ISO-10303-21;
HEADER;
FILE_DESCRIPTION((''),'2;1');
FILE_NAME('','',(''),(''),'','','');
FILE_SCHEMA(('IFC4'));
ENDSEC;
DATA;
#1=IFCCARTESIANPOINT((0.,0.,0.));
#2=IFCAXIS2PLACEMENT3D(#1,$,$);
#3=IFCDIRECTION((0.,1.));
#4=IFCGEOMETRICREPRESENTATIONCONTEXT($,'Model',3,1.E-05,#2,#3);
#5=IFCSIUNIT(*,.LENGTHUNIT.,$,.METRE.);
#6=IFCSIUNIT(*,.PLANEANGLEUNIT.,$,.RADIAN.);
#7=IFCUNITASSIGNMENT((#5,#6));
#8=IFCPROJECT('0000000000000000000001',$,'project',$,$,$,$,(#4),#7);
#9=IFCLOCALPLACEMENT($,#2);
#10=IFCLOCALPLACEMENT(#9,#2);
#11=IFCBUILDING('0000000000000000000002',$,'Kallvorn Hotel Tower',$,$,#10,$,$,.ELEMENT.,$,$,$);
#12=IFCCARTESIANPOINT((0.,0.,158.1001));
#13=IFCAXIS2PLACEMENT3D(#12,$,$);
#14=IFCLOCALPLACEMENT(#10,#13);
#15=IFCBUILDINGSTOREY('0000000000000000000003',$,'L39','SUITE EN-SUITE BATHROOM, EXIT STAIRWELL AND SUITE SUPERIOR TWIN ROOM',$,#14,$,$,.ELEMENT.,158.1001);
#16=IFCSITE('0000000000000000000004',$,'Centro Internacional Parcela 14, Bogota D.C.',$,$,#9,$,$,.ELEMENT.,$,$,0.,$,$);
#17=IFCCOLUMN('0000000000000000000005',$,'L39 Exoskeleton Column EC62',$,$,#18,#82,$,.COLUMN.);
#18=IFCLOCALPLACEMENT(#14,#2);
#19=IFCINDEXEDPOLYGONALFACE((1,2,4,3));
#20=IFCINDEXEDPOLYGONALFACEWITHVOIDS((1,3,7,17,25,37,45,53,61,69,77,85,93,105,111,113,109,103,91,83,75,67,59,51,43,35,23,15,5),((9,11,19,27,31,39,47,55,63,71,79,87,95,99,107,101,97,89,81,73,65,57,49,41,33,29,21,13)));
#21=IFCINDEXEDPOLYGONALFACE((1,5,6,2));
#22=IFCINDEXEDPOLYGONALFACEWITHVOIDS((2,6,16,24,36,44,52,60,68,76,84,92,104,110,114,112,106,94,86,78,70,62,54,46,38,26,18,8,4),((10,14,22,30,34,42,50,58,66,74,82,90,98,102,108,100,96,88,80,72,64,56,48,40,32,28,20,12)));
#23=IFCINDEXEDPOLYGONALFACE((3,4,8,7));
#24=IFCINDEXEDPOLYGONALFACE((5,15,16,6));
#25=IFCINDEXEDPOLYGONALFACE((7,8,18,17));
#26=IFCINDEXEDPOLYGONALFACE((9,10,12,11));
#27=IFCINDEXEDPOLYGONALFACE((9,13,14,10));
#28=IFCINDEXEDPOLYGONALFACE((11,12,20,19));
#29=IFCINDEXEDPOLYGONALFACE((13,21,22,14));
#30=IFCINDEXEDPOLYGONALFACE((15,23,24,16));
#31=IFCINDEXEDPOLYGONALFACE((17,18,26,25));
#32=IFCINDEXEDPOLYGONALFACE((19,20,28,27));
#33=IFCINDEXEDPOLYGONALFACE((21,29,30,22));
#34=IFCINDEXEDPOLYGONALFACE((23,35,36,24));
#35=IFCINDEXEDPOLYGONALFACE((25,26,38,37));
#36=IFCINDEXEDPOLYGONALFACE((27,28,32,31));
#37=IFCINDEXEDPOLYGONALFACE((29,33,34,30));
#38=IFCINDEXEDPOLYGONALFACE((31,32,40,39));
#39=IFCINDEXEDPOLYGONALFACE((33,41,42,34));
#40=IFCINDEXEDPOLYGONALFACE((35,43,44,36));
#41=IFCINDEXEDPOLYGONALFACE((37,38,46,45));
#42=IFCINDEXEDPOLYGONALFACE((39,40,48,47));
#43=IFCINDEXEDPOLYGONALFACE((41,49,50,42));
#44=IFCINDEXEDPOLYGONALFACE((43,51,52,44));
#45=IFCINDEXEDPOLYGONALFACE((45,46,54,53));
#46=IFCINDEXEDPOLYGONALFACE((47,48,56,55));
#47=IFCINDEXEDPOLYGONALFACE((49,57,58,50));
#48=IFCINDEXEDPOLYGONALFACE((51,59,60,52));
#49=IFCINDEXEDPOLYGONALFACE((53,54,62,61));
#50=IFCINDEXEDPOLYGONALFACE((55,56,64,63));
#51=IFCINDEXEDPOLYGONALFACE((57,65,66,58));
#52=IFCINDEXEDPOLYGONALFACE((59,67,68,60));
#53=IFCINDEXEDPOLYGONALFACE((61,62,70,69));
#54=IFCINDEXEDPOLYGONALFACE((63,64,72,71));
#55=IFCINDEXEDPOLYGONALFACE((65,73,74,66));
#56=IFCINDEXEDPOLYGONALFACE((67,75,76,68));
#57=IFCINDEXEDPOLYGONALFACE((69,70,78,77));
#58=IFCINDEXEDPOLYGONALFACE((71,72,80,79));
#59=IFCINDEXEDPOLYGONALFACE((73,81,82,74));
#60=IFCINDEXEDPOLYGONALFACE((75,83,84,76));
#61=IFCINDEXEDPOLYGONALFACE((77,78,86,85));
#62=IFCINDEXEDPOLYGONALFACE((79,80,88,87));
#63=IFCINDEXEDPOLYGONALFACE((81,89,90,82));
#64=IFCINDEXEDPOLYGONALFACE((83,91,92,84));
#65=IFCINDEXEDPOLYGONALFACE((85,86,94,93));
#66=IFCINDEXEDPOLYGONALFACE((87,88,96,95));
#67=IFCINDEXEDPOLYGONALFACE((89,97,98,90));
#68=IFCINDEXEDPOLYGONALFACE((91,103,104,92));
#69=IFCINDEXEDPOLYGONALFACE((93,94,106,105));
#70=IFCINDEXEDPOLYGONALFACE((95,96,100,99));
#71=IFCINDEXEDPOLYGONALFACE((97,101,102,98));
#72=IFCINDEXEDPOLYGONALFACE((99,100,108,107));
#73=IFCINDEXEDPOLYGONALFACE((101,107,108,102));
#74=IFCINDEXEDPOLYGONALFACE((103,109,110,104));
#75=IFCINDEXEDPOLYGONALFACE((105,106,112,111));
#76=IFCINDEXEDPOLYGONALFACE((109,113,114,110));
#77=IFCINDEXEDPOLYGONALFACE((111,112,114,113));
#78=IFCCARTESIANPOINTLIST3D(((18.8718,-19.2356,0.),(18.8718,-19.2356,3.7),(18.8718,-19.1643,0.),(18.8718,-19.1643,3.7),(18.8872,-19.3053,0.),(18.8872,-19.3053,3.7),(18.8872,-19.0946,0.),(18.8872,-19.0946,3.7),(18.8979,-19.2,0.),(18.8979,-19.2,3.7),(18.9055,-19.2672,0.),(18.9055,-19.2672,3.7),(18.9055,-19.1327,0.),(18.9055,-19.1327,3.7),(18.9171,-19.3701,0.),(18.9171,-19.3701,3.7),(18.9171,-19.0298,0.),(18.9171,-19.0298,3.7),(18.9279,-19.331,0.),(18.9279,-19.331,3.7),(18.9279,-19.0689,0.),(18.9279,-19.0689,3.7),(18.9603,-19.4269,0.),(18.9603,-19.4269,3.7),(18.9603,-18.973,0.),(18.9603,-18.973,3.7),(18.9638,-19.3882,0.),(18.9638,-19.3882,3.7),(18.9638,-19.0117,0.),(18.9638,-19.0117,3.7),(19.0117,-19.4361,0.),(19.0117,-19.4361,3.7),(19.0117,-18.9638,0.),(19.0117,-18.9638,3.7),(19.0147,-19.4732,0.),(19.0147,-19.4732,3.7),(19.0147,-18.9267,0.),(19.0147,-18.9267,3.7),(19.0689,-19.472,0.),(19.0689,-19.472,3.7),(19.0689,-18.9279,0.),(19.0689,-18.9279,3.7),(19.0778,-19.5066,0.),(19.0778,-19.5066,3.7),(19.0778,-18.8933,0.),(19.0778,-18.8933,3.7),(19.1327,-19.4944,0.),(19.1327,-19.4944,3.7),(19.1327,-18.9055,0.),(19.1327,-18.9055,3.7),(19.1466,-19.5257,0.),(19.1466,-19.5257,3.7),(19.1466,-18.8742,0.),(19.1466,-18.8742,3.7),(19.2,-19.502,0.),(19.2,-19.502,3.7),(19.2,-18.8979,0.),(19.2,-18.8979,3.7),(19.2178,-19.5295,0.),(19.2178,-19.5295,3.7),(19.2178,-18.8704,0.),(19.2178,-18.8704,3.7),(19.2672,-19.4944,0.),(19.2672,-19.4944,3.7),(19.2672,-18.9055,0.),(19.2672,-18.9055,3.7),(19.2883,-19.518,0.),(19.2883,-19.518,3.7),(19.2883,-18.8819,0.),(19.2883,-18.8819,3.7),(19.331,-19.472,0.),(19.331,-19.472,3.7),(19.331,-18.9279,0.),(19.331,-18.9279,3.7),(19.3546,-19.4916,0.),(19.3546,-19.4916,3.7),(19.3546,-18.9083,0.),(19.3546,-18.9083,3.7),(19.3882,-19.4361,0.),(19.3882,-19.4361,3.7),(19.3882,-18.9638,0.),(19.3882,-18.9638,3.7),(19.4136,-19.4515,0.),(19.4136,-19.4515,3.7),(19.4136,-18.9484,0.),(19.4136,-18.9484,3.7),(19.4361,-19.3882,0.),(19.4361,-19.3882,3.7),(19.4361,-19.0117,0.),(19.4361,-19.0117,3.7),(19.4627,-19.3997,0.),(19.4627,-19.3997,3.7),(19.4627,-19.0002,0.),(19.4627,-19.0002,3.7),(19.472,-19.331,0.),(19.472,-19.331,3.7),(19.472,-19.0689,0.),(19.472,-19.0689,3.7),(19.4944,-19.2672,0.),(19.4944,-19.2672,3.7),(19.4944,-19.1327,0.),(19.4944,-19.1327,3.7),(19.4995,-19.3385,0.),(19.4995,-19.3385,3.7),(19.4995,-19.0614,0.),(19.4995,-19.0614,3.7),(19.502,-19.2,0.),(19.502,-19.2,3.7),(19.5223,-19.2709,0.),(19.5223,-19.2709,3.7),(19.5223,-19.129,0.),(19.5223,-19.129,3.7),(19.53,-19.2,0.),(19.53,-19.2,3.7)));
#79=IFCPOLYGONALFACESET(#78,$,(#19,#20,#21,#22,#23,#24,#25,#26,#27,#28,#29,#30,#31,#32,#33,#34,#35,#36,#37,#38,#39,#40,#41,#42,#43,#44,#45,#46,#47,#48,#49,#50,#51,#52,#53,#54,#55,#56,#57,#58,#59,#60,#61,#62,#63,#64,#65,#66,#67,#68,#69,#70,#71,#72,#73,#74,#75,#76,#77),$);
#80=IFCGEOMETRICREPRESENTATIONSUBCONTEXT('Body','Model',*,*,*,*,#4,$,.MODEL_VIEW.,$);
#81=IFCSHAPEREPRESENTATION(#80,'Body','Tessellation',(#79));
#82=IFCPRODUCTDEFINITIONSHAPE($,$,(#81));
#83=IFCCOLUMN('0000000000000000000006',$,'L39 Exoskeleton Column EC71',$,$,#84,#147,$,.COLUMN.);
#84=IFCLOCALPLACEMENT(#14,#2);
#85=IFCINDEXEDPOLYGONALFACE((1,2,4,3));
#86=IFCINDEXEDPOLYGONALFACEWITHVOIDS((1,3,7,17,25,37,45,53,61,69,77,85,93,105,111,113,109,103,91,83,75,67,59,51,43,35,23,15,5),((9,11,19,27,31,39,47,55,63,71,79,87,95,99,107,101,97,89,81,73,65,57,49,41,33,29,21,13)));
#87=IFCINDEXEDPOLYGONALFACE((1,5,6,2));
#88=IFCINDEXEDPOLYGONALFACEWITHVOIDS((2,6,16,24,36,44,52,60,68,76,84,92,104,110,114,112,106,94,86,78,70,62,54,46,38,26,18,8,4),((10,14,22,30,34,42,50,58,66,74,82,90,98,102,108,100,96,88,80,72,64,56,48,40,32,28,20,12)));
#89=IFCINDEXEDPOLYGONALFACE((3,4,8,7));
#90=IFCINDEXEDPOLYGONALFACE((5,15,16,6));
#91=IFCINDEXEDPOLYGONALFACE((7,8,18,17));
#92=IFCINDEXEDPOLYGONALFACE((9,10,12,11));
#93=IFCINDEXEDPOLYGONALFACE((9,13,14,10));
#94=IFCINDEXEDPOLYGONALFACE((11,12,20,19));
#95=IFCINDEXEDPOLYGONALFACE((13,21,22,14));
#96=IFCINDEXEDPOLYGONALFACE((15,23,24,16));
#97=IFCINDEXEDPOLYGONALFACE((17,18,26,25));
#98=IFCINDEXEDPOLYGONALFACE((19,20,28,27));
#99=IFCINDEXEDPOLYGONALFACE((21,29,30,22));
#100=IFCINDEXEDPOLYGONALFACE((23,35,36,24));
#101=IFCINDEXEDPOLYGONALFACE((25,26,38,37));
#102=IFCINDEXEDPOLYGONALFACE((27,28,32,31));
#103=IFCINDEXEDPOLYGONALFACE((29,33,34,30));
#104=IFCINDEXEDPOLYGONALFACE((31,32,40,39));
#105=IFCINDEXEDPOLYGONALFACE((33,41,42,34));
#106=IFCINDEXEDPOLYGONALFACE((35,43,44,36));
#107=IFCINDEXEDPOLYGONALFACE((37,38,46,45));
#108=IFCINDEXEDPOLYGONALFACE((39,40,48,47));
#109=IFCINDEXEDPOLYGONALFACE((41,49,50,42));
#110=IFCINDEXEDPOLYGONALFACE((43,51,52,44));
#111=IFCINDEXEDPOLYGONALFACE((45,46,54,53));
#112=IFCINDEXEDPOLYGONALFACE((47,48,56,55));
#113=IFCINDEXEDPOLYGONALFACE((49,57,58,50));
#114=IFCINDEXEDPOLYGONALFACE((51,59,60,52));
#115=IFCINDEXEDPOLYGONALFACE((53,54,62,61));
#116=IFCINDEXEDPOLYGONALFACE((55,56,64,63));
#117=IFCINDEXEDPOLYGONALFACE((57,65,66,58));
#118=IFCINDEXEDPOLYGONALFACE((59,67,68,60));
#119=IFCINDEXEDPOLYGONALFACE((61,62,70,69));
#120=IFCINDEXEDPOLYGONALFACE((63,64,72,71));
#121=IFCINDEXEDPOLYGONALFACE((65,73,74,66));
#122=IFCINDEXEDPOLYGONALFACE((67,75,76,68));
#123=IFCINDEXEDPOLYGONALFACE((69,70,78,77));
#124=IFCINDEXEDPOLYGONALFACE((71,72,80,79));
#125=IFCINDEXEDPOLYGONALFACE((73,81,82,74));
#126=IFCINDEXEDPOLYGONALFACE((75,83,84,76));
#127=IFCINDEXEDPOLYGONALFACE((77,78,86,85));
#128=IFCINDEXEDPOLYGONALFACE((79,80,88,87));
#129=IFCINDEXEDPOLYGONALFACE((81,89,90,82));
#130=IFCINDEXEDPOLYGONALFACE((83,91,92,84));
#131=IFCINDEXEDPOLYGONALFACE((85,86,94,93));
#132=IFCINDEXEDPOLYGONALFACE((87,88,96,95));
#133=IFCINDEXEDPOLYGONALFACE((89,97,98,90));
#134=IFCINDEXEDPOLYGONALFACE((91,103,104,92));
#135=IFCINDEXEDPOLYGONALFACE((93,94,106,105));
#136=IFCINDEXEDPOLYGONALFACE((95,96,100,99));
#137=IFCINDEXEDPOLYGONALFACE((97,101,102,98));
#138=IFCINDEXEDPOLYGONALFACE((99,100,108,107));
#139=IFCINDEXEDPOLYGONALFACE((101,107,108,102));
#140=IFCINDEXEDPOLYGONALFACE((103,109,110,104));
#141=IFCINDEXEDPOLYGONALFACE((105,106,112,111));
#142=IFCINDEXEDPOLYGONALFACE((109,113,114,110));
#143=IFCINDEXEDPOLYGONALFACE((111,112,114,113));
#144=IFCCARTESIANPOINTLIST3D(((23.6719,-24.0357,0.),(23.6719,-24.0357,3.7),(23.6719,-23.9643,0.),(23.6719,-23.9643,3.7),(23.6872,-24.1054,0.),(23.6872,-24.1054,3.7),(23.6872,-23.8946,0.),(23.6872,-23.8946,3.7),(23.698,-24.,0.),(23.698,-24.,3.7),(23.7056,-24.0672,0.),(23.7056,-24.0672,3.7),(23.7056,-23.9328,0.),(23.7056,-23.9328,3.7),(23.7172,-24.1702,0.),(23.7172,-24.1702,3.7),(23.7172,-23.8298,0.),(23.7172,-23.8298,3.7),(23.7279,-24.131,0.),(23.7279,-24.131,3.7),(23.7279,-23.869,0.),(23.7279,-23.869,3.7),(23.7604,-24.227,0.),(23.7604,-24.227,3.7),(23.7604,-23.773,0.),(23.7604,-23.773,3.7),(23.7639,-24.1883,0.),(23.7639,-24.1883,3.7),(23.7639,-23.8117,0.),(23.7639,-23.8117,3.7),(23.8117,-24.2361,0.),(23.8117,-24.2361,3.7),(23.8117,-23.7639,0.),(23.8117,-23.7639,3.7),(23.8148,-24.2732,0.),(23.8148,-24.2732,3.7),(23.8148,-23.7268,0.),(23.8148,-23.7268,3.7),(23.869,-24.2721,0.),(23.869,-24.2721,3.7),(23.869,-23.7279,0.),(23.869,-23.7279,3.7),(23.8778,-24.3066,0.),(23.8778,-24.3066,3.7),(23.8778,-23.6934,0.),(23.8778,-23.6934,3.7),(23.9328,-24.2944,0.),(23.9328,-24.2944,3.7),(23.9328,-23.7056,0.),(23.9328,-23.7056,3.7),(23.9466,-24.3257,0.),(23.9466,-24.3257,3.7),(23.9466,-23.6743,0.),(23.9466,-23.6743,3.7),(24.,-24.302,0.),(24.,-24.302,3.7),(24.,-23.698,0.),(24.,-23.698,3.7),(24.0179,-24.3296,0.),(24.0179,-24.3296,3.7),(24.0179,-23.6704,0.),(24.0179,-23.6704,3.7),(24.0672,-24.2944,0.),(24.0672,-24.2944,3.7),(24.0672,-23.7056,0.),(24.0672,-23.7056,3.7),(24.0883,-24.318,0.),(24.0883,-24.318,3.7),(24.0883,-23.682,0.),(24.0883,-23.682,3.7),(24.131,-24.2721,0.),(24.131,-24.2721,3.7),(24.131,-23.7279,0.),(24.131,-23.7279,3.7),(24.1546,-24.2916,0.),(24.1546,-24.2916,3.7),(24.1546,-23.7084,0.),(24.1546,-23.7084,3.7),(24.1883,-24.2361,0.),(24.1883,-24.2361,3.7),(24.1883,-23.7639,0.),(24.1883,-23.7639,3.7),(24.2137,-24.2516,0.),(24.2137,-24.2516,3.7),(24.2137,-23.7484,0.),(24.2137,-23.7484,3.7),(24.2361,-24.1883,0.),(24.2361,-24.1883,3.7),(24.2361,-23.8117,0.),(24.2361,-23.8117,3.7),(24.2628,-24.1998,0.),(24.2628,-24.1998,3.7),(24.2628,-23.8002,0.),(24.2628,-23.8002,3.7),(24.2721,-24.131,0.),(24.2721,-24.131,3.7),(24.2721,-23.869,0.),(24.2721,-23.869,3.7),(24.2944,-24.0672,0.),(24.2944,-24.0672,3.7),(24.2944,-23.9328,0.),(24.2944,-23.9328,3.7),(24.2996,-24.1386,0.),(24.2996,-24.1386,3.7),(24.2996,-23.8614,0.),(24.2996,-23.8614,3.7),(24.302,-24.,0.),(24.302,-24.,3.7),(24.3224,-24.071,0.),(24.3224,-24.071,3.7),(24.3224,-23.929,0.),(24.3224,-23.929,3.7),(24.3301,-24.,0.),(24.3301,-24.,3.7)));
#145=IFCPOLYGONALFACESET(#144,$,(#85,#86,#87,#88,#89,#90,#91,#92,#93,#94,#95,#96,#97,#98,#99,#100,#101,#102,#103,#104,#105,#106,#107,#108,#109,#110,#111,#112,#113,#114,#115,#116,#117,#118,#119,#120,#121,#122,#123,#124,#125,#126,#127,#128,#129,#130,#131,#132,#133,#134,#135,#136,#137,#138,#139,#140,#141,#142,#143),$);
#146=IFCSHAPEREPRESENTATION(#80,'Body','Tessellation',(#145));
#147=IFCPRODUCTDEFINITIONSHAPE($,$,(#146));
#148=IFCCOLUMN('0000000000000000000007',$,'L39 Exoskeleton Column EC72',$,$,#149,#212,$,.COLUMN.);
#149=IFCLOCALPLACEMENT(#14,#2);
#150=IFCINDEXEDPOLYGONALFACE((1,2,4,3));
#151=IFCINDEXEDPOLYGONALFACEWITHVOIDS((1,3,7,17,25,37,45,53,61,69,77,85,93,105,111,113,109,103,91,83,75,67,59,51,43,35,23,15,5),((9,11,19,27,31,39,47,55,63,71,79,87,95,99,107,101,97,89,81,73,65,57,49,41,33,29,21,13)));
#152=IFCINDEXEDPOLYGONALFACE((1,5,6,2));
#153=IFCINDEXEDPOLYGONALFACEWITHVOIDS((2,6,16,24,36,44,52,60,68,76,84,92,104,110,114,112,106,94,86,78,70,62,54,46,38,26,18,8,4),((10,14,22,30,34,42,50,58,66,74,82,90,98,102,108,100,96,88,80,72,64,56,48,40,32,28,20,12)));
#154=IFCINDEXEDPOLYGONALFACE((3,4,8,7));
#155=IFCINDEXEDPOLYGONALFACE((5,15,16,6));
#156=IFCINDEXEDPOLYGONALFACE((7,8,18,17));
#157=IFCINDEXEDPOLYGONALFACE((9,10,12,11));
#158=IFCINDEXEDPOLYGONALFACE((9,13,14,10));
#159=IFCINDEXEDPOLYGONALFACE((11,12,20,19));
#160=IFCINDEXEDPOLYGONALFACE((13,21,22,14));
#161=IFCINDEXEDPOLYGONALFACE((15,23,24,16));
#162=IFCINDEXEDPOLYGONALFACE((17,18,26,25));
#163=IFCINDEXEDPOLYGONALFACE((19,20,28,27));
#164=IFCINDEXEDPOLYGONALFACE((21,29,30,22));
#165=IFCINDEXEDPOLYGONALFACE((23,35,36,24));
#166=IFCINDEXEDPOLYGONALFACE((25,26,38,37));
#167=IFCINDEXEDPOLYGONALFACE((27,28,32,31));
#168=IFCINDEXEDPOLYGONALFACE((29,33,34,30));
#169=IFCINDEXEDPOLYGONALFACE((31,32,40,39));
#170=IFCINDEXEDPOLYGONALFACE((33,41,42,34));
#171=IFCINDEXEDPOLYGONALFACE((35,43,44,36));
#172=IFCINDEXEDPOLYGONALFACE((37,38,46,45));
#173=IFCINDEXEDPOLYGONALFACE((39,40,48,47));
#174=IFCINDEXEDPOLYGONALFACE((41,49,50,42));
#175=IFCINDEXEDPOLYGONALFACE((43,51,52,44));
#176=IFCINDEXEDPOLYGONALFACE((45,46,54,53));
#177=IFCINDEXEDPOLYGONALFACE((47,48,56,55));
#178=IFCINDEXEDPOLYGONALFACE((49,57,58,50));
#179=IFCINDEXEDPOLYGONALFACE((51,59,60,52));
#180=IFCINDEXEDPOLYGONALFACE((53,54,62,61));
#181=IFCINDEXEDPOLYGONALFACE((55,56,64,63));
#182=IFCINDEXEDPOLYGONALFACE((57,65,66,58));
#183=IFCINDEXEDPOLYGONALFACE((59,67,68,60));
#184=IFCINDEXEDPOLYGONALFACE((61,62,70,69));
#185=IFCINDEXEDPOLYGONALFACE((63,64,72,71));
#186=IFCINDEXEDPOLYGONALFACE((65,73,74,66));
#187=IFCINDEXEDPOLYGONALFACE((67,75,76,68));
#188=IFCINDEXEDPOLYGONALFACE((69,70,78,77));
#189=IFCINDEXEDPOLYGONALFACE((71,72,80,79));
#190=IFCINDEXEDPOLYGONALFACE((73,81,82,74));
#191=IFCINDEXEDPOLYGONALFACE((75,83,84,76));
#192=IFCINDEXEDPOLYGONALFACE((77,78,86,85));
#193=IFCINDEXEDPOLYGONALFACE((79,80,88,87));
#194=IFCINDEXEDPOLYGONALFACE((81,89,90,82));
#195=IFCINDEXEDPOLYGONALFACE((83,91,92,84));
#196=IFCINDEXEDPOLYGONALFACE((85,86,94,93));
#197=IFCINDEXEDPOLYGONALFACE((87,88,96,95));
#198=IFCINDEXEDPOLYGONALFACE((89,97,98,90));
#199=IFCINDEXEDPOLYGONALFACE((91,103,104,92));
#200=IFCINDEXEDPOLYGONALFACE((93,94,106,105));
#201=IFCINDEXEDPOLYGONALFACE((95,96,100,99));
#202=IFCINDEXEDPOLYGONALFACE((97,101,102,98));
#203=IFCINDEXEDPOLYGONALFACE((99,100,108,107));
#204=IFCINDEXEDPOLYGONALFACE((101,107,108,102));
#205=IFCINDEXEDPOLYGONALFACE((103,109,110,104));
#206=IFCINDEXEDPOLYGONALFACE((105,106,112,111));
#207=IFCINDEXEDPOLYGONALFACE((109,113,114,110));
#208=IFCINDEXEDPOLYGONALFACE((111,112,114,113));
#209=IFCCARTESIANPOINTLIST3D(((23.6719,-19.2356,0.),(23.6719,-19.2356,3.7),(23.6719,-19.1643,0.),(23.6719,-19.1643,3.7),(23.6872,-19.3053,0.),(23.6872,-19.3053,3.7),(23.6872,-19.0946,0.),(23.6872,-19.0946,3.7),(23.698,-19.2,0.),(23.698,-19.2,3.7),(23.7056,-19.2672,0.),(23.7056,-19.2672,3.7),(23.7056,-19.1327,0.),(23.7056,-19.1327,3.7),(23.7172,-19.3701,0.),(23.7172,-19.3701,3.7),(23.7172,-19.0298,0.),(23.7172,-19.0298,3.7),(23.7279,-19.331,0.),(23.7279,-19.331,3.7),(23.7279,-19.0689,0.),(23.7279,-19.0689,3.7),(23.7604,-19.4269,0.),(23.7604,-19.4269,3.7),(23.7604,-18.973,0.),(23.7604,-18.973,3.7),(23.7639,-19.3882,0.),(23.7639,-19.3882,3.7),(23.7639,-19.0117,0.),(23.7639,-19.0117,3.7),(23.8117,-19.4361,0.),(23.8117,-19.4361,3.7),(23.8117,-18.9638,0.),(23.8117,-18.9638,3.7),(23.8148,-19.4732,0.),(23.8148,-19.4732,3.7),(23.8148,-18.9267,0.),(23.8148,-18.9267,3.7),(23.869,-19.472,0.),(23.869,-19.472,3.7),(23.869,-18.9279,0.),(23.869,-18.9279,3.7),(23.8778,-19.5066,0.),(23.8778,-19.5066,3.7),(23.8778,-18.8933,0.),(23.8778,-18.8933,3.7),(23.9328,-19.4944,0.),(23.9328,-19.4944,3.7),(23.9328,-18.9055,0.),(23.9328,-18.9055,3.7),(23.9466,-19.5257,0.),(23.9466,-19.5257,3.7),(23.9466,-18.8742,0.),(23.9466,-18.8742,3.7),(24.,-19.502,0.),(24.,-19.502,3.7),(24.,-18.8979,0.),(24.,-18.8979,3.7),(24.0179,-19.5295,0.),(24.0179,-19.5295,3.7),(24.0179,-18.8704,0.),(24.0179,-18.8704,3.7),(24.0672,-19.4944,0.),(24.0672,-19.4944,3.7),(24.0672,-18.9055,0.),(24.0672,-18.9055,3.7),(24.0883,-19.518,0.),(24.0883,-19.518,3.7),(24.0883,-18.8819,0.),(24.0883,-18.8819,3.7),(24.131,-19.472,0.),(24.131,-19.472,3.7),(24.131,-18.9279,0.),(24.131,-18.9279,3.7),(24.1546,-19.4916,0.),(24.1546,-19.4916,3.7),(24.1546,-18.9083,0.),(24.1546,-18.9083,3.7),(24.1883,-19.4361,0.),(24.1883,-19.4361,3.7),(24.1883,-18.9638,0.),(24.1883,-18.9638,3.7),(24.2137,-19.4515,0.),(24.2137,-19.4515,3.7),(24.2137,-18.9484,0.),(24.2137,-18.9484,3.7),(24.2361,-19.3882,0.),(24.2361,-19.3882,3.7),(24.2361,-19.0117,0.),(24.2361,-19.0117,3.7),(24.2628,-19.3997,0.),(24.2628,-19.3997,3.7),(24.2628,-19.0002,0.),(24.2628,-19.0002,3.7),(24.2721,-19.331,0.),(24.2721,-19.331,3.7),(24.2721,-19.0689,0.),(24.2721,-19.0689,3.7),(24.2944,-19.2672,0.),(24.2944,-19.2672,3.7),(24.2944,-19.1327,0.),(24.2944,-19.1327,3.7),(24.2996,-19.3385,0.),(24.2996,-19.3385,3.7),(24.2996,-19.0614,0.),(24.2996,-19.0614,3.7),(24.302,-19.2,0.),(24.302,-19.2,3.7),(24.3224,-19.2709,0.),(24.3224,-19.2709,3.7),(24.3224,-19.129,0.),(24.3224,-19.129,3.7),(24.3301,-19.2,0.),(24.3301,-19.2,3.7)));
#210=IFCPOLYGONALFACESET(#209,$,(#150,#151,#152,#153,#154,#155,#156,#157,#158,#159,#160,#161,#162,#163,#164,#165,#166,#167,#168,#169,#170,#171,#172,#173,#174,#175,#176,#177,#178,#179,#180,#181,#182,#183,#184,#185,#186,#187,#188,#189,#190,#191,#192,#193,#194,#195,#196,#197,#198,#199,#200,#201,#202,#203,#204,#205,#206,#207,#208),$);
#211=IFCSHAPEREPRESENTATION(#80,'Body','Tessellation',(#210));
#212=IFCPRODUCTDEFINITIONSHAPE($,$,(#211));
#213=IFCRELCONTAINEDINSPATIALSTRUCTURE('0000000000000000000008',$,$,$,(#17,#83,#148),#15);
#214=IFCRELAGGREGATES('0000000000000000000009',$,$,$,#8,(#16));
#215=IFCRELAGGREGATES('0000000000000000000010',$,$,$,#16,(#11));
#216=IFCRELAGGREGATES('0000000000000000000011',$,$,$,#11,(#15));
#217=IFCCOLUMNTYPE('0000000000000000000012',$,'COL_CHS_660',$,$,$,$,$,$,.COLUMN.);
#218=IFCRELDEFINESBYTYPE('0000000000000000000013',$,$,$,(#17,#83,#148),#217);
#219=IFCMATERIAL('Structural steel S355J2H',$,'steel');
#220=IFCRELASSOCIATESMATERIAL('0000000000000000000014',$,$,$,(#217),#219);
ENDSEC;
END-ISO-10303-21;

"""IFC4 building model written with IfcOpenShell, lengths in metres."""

from ifc_helpers import new_model, si_unit, direction, frame, origin, origin_2d, place, context, subcontext, project, spatial, hollow_circle, extrude, material, material_profile, profile_set, type_object, element, save


model = new_model("IFC4")

# Units and contexts
model_context = context("Model", 3, precision=1e-05, world=origin(), true_north=direction((0.0, 1.0)))
body_context = subcontext(model_context, "Body", "Model", "MODEL_VIEW")
ifc_project = project(units=[si_unit("LENGTHUNIT", "METRE"), si_unit("PLANEANGLEUNIT", "RADIAN")], contexts=[model_context])

# Site, building, storey
site_placement = place(None, origin())
site = spatial("IfcSite", under=ifc_project, at=site_placement, Name="Centro Internacional Parcela 14, Bogota D.C.", CompositionType="ELEMENT", RefElevation=0.0)
building_placement = place(site_placement, origin())
building = spatial("IfcBuilding", under=site, at=building_placement, Name="Kallvorn Hotel Tower", CompositionType="ELEMENT")
storey_placement = place(building_placement, frame((0.0, 0.0, 158.1001)))
storey = spatial("IfcBuildingStorey", under=building, at=storey_placement, Name="L39", Description="SUITE EN-SUITE BATHROOM, EXIT STAIRWELL AND SUITE SUPERIOR TWIN ROOM", CompositionType="ELEMENT", Elevation=158.1001)

# Columns
ifc_material_1 = material(Name="Structural steel S355J2H", Category="steel")
ifc_material_profile_1 = material_profile(ifc_material_1, hollow_circle(Radius=0.3301, WallThickness=0.0281, at=origin_2d()), Name="CHS 660x28")
ifc_profile_set_1 = profile_set([ifc_material_profile_1], Name="Structural steel S355J2H")
column_type = type_object("IfcColumnType", Name="COL_CHS_660", PredefinedType="COLUMN", material=ifc_profile_set_1)
for number, where, z_axis, x_axis, name in (
    (1, (19.2, -19.2, 0.0), (0.0, 0.0, 1.0), (1.0, 0.0, 0.0), "L39 Exoskeleton Column EC62"),
    (2, (24.0, -24.0, 0.0), (0.0, 0.0, 1.0), (1.0, 0.0, 0.0), "L39 Exoskeleton Column EC71"),
    (3, (24.0, -19.2, 0.0), (0.0, 0.0, 1.0), (1.0, 0.0, 0.0), "L39 Exoskeleton Column EC72"),
):
    element("IfcColumn", number, at=place(storey_placement, frame(where, z_axis=z_axis, x_axis=x_axis)), inside=storey, type_object=column_type, Name=name, PredefinedType="COLUMN", context=body_context, shape_type="SweptSolid", body=[
        extrude(hollow_circle(Radius=0.3301, WallThickness=0.0281, at=origin_2d()), origin(), (0.0, 0.0, 1.0), 3.7),
    ])

save(model, "model.ifc")
